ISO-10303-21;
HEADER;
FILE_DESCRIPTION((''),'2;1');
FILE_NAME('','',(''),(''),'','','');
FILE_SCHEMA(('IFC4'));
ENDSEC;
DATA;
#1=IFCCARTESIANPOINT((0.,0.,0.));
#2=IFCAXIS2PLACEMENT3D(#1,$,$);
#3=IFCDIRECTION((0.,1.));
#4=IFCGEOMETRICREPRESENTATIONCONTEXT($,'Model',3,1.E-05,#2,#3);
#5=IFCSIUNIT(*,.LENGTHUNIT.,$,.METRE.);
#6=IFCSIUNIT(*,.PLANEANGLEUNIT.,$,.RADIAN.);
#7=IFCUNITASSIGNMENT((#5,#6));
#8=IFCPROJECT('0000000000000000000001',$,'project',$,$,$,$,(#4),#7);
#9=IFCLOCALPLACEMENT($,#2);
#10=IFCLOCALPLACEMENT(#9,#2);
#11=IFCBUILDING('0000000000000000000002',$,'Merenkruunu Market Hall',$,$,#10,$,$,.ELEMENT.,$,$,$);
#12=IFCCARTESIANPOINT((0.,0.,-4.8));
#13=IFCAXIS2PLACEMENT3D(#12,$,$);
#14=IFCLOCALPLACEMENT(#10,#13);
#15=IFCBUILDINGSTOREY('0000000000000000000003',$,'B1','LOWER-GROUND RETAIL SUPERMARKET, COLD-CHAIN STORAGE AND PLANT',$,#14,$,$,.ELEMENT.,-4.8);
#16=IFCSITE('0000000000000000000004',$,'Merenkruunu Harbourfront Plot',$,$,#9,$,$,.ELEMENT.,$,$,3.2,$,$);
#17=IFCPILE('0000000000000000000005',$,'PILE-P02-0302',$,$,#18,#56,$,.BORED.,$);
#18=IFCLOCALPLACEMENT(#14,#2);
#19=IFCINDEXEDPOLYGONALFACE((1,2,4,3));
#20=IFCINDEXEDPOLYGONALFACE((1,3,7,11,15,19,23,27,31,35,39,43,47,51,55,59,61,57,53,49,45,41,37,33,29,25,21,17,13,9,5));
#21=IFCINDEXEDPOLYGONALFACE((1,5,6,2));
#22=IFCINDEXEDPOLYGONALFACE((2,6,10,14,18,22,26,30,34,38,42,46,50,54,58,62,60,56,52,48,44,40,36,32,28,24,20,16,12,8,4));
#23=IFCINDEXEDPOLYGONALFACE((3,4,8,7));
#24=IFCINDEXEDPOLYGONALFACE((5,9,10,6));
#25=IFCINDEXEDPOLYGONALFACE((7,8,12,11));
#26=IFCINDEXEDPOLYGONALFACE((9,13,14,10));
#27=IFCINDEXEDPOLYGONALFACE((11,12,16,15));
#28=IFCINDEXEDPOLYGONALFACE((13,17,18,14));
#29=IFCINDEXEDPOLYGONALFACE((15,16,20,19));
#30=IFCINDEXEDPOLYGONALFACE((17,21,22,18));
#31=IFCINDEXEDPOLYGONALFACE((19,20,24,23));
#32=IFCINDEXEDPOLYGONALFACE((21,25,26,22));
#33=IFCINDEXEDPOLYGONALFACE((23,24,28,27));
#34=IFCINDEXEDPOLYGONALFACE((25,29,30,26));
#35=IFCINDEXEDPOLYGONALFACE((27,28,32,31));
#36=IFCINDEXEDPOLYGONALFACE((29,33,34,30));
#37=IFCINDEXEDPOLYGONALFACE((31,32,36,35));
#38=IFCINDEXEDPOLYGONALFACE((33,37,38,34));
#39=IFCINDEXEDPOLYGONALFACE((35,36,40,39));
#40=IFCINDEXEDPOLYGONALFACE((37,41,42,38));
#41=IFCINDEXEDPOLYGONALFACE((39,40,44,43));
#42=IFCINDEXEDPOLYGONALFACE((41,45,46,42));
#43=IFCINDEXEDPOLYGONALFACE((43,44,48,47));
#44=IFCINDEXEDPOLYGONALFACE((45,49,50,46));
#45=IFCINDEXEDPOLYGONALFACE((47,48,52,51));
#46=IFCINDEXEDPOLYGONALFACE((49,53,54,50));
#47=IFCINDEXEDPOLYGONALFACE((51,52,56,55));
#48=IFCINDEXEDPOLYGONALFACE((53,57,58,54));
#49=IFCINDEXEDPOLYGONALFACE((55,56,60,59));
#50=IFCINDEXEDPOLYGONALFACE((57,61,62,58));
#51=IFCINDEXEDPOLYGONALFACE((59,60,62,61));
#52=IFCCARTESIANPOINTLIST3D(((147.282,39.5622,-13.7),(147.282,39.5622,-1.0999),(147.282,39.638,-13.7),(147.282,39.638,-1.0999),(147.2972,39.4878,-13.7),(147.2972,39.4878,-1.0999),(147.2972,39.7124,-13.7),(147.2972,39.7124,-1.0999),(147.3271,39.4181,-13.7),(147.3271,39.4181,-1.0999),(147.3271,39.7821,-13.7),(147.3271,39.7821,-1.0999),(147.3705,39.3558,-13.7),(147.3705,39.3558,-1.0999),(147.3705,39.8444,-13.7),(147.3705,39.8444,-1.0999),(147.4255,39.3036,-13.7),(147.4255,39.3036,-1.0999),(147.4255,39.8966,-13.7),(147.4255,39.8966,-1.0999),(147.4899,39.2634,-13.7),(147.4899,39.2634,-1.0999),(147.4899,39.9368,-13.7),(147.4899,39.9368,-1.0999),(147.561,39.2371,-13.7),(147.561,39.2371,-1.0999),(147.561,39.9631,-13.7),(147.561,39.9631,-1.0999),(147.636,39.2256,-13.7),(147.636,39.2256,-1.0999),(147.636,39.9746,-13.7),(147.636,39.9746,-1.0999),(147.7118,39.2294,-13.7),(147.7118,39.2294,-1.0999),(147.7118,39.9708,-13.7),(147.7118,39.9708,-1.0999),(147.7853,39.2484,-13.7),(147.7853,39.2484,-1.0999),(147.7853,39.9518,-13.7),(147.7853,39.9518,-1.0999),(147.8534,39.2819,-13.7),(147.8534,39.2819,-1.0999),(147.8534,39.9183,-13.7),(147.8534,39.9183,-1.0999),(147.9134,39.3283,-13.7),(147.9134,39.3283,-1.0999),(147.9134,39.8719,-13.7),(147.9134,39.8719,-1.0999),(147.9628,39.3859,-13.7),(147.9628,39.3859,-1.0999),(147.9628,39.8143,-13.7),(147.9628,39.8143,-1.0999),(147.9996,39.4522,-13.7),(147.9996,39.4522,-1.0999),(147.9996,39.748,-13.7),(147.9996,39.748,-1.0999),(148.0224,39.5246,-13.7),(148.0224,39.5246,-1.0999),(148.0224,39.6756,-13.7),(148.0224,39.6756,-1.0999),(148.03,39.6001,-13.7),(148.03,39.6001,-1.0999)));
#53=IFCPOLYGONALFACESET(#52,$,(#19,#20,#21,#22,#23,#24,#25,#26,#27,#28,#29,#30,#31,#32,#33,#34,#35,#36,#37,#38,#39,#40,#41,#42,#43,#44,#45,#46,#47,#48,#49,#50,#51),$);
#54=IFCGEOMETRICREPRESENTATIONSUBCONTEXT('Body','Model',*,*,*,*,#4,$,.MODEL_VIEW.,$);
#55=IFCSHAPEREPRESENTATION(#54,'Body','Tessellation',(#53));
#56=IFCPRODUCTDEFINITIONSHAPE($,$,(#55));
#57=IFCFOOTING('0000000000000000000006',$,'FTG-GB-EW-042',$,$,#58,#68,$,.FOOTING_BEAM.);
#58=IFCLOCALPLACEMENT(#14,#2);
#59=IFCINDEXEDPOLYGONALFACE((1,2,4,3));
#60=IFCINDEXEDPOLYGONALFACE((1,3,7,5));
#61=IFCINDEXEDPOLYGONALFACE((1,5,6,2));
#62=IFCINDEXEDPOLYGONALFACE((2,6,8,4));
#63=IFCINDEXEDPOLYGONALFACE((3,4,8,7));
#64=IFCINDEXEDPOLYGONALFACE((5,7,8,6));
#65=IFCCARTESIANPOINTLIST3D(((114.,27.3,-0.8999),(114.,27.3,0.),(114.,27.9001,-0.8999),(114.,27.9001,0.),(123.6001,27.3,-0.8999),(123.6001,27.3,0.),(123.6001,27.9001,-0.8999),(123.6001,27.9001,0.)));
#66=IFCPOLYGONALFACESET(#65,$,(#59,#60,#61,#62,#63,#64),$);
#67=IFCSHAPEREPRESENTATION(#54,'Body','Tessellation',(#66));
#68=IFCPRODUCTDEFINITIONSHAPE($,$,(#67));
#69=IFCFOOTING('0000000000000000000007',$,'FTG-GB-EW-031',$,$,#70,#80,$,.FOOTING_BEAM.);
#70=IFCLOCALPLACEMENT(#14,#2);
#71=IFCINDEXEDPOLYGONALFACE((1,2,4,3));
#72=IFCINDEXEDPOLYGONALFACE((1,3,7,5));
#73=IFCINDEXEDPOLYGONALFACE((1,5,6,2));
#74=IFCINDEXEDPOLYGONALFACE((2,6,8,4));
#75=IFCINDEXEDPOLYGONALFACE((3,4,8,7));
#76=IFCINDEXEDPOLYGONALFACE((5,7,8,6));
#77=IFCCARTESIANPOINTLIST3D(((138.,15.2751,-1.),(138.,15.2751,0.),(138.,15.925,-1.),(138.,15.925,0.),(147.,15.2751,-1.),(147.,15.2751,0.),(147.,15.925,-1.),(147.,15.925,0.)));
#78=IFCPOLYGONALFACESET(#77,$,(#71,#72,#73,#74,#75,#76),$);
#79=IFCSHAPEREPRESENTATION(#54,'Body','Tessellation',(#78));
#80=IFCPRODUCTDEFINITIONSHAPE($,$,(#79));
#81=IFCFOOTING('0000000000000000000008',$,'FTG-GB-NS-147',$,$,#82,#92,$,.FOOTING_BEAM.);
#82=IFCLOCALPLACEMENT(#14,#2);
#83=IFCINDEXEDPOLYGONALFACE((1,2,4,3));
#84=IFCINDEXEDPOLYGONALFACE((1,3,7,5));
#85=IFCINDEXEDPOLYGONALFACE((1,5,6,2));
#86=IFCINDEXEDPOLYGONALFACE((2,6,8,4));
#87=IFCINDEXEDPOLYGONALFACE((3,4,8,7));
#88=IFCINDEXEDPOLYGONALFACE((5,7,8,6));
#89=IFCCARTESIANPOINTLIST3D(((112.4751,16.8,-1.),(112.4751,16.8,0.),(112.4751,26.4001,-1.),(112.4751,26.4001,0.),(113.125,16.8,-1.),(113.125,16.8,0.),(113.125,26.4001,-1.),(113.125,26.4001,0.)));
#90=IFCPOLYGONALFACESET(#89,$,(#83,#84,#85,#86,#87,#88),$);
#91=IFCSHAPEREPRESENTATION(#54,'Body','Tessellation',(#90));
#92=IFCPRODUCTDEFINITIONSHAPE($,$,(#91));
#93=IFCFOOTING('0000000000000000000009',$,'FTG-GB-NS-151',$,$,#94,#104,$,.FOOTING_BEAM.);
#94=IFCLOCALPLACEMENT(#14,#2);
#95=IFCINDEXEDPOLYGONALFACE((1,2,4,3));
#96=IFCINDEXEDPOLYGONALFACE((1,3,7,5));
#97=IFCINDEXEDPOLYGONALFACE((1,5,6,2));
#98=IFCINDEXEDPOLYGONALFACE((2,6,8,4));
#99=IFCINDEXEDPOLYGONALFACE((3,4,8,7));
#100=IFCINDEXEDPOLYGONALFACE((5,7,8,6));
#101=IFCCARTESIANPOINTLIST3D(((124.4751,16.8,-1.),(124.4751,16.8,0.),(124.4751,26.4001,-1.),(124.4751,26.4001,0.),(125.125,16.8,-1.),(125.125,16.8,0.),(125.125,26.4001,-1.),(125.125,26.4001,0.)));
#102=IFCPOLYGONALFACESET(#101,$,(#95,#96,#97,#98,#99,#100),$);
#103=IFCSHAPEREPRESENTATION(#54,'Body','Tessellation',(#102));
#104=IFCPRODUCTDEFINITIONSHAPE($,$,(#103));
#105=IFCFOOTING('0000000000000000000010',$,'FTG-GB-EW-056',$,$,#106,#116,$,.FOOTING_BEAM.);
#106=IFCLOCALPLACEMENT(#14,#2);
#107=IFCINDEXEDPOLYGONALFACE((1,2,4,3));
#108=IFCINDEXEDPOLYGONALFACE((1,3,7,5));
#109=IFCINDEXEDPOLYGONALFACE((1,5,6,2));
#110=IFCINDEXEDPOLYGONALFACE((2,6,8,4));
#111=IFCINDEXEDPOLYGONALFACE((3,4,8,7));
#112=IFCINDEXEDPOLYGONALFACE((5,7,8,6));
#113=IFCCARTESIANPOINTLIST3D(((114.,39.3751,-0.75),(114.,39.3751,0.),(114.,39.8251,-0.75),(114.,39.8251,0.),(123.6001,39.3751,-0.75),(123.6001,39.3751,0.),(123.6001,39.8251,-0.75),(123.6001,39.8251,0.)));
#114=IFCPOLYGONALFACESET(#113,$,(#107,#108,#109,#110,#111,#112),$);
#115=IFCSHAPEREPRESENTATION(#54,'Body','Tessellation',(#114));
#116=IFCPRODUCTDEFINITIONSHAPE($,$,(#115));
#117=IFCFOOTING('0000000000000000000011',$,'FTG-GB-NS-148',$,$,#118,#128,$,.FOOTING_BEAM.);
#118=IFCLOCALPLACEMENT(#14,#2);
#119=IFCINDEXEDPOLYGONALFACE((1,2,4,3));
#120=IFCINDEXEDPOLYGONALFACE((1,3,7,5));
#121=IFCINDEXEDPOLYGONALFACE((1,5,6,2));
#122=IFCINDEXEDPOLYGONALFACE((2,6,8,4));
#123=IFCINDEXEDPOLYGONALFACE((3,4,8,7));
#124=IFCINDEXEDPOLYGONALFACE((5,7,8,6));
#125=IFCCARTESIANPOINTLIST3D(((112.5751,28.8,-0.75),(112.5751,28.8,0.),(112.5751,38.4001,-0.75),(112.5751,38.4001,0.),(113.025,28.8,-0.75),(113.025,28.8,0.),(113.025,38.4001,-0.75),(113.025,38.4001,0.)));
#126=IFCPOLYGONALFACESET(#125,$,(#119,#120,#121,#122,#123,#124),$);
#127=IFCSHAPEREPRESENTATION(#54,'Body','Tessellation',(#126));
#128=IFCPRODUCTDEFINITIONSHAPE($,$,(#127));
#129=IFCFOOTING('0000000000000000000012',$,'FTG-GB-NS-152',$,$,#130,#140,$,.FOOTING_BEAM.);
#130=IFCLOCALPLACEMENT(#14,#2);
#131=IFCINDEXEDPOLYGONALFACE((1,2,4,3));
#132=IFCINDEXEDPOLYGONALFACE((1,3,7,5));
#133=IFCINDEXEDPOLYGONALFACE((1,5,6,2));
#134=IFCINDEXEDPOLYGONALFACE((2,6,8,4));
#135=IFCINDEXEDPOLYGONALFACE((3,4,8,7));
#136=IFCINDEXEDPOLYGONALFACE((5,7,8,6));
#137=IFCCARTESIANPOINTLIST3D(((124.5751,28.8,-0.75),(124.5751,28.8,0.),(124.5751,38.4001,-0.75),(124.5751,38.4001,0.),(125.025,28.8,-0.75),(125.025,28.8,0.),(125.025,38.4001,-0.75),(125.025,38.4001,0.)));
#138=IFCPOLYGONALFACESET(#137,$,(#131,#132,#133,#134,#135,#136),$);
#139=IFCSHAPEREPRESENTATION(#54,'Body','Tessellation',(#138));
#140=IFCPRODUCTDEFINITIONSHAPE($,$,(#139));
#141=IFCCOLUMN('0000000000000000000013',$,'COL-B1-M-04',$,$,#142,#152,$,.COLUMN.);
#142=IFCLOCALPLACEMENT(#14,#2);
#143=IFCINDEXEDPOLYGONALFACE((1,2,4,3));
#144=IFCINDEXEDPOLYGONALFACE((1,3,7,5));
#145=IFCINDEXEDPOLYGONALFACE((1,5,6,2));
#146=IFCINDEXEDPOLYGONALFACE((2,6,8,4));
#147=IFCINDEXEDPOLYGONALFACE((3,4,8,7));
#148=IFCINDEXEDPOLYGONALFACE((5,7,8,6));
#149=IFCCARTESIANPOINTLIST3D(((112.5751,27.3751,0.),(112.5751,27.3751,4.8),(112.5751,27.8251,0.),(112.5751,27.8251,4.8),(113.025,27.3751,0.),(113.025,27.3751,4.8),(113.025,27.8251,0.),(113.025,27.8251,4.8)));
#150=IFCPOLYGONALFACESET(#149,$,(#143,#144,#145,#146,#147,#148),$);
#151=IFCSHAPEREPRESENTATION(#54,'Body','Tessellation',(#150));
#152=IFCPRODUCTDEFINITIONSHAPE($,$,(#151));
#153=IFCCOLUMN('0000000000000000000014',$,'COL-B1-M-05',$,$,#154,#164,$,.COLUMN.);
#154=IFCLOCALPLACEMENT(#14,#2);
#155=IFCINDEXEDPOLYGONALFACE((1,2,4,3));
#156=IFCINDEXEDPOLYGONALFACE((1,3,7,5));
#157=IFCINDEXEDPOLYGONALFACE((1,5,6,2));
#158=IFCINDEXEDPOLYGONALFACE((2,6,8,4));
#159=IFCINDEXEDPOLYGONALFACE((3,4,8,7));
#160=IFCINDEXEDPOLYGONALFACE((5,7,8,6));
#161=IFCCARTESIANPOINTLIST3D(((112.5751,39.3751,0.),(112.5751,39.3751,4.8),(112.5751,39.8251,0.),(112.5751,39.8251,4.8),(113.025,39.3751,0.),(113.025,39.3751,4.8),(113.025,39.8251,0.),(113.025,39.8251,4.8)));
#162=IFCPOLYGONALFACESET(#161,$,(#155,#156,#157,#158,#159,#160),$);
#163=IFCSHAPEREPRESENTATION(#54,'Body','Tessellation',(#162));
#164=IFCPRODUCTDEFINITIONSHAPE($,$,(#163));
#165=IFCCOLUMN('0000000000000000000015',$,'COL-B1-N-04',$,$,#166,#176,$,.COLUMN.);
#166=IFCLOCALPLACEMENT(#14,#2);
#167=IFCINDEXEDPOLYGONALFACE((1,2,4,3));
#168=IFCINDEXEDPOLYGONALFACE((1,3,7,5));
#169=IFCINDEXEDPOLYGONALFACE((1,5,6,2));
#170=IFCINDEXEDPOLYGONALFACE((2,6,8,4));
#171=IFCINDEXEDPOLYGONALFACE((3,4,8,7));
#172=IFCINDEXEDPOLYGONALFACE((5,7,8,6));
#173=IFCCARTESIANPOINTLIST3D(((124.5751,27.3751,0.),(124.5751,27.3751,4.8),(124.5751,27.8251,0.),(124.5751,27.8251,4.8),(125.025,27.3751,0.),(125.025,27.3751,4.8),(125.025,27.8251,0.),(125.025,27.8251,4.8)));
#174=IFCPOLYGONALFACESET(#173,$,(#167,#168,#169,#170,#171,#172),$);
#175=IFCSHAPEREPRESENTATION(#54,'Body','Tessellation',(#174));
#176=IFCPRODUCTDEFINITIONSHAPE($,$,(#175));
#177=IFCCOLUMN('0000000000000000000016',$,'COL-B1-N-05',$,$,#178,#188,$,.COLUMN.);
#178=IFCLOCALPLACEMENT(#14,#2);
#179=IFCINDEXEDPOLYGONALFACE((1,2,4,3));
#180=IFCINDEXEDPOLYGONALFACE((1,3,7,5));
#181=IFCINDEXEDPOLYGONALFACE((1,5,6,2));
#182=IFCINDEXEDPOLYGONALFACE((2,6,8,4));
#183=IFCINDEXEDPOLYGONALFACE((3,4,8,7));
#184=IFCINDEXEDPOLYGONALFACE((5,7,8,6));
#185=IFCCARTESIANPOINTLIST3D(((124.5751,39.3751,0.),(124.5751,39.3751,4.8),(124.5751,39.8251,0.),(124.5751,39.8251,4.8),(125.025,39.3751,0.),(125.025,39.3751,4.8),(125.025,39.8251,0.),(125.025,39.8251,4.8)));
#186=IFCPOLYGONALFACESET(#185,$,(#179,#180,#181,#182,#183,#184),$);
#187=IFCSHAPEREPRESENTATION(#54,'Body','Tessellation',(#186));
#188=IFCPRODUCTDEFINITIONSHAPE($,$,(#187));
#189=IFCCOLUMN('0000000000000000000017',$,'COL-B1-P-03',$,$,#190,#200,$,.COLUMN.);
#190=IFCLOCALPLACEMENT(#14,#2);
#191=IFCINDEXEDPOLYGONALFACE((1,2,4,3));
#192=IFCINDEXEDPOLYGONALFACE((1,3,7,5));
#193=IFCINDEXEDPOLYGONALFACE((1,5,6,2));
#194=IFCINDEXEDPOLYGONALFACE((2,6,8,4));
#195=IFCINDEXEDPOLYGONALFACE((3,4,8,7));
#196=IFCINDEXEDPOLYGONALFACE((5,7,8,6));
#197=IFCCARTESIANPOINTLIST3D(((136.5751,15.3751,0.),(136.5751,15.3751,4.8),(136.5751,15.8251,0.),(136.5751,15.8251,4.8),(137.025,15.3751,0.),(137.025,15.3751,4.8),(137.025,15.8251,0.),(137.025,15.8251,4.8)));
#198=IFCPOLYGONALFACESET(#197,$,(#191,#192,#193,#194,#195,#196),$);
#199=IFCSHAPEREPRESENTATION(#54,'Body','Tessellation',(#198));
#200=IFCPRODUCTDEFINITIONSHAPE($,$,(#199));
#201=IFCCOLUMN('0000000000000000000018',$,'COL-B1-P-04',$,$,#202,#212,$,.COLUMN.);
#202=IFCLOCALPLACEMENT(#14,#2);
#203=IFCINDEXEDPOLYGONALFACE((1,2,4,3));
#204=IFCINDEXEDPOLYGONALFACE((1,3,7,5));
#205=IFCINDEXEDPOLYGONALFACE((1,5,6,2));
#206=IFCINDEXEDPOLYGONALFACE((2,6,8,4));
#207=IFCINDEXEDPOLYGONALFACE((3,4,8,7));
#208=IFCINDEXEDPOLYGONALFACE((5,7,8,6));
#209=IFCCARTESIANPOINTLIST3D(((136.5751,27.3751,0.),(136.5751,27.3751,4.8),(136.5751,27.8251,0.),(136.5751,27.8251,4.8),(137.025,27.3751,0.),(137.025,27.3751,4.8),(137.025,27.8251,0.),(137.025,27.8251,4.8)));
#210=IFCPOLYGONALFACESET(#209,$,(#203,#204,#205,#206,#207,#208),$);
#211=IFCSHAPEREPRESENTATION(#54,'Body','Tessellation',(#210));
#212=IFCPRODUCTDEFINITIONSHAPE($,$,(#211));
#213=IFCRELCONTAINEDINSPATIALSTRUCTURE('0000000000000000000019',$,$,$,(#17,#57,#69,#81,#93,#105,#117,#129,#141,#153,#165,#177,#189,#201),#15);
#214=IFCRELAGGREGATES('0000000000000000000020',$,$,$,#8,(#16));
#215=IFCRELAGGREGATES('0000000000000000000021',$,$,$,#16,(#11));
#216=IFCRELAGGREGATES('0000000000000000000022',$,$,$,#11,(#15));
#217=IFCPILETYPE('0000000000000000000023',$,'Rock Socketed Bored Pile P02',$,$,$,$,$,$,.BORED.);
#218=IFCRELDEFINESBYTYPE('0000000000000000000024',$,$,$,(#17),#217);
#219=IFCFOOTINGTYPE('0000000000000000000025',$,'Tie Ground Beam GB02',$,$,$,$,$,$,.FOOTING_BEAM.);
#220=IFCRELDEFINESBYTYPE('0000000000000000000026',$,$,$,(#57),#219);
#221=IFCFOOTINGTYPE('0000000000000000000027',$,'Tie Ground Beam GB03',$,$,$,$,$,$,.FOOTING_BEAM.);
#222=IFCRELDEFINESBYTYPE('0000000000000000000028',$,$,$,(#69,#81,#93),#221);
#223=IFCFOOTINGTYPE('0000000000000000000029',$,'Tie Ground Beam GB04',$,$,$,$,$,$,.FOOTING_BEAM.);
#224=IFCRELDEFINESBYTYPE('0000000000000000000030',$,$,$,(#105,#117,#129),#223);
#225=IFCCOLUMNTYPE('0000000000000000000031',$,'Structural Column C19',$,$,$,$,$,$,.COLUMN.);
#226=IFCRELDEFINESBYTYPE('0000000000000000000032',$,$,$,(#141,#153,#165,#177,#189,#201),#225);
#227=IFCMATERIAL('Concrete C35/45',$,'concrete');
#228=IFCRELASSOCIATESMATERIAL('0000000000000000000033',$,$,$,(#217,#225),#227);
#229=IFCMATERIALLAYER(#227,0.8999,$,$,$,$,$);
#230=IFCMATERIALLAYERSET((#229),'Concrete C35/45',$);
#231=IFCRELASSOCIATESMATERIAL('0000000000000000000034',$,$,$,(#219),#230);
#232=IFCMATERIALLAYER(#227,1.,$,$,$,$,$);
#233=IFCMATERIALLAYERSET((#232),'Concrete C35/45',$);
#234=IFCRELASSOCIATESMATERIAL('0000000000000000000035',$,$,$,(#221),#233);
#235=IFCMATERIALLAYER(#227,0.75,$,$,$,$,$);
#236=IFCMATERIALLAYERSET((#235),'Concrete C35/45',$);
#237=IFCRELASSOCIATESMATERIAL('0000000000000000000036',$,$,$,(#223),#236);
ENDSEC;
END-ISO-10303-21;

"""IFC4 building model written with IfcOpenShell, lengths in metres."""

from ifc_helpers import new_model, si_unit, direction, frame, origin, origin_2d, place, context, subcontext, project, spatial, rectangle, circle, extrude, material, layer, layer_set, material_profile, profile_set, type_object, element, save


model = new_model("IFC4")

# Units and contexts
model_context = context("Model", 3, precision=1e-05, world=origin(), true_north=direction((0.0, 1.0)))
body_context = subcontext(model_context, "Body", "Model", "MODEL_VIEW")
ifc_project = project(units=[si_unit("LENGTHUNIT", "METRE"), si_unit("PLANEANGLEUNIT", "RADIAN")], contexts=[model_context])

# Site, building, storey
site_placement = place(None, origin())
site = spatial("IfcSite", under=ifc_project, at=site_placement, Name="Merenkruunu Harbourfront Plot", CompositionType="ELEMENT", RefElevation=3.2)
building_placement = place(site_placement, origin())
building = spatial("IfcBuilding", under=site, at=building_placement, Name="Merenkruunu Market Hall", CompositionType="ELEMENT")
storey_placement = place(building_placement, frame((0.0, 0.0, -4.8)))
storey = spatial("IfcBuildingStorey", under=building, at=storey_placement, Name="B1", Description="LOWER-GROUND RETAIL SUPERMARKET, COLD-CHAIN STORAGE AND PLANT", CompositionType="ELEMENT", Elevation=-4.8)

# Shared definitions
ifc_material = material(Name="Concrete C35/45", Category="concrete")

# Pile
ifc_material_profile_1 = material_profile(ifc_material, circle(Radius=0.375, at=origin_2d()), Name="BORED PILE 750")
ifc_profile_set_1 = profile_set([ifc_material_profile_1], Name="Concrete C35/45")
pile_type_1 = type_object("IfcPileType", Name="Rock Socketed Bored Pile P02", PredefinedType="BORED", material=ifc_profile_set_1)
for number, where, z_axis, x_axis, name in (
    (1, (147.655, 39.6001, -1.0999), (0.0, 0.0, -1.0), (1.0, 0.0, 0.0), "PILE-P02-0302"),
):
    element("IfcPile", number, at=place(storey_placement, frame(where, z_axis=z_axis, x_axis=x_axis)), inside=storey, type_object=pile_type_1, Name=name, PredefinedType="BORED", context=body_context, shape_type="SweptSolid", body=[
        extrude(circle(Radius=0.375, at=origin_2d()), origin(), (0.0, 0.0, 1.0), 12.6001),
    ])

# Footings
ifc_layer_1 = layer(ifc_material, 0.8999)
ifc_layer_set_1 = layer_set([ifc_layer_1], Name="Concrete C35/45")
footing_type_1 = type_object("IfcFootingType", Name="Tie Ground Beam GB02", PredefinedType="FOOTING_BEAM", material=ifc_layer_set_1)
footing_1_placement = place(storey_placement, frame((118.8, 27.6001, -0.8999), z_axis=(0.0, 0.0, 1.0), x_axis=(1.0, 0.0, 0.0)))
element("IfcFooting", 2, at=footing_1_placement, inside=storey, type_object=footing_type_1, Name="FTG-GB-EW-042", PredefinedType="FOOTING_BEAM", context=body_context, shape_type="SweptSolid", body=[
    extrude(rectangle(XDim=9.6001, YDim=0.6001, at=origin_2d()), origin(), (0.0, 0.0, 1.0), 0.8999),
])
ifc_layer_2 = layer(ifc_material, 1.0)
ifc_layer_set_2 = layer_set([ifc_layer_2], Name="Concrete C35/45")
footing_type_2 = type_object("IfcFootingType", Name="Tie Ground Beam GB03", PredefinedType="FOOTING_BEAM", material=ifc_layer_set_2)
footing_2_placement = place(storey_placement, frame((142.5, 15.6001, -1.0), z_axis=(0.0, 0.0, 1.0), x_axis=(1.0, 0.0, 0.0)))
element("IfcFooting", 3, at=footing_2_placement, inside=storey, type_object=footing_type_2, Name="FTG-GB-EW-031", PredefinedType="FOOTING_BEAM", context=body_context, shape_type="SweptSolid", body=[
    extrude(rectangle(XDim=9.0, YDim=0.6499, at=origin_2d()), origin(), (0.0, 0.0, 1.0), 1.0),
])
for number, where, z_axis, x_axis, name in (
    (4, (112.8, 21.6001, -1.0), (0.0, 0.0, 1.0), (0.0, 1.0, 0.0), "FTG-GB-NS-147"),
    (5, (124.8, 21.6001, -1.0), (0.0, 0.0, 1.0), (0.0, 1.0, 0.0), "FTG-GB-NS-151"),
):
    element("IfcFooting", number, at=place(storey_placement, frame(where, z_axis=z_axis, x_axis=x_axis)), inside=storey, type_object=footing_type_2, Name=name, PredefinedType="FOOTING_BEAM", context=body_context, shape_type="SweptSolid", body=[
        extrude(rectangle(XDim=9.6001, YDim=0.6499, at=origin_2d()), origin(), (0.0, 0.0, 1.0), 1.0),
    ])
ifc_layer_3 = layer(ifc_material, 0.75)
ifc_layer_set_3 = layer_set([ifc_layer_3], Name="Concrete C35/45")
footing_type_3 = type_object("IfcFootingType", Name="Tie Ground Beam GB04", PredefinedType="FOOTING_BEAM", material=ifc_layer_set_3)
for number, where, z_axis, x_axis, name in (
    (6, (118.8, 39.6001, -0.75), (0.0, 0.0, 1.0), (1.0, 0.0, 0.0), "FTG-GB-EW-056"),
    (7, (112.8, 33.6001, -0.75), (0.0, 0.0, 1.0), (0.0, 1.0, 0.0), "FTG-GB-NS-148"),
    (8, (124.8, 33.6001, -0.75), (0.0, 0.0, 1.0), (0.0, 1.0, 0.0), "FTG-GB-NS-152"),
):
    element("IfcFooting", number, at=place(storey_placement, frame(where, z_axis=z_axis, x_axis=x_axis)), inside=storey, type_object=footing_type_3, Name=name, PredefinedType="FOOTING_BEAM", context=body_context, shape_type="SweptSolid", body=[
        extrude(rectangle(XDim=9.6001, YDim=0.45, at=origin_2d()), origin(), (0.0, 0.0, 1.0), 0.75),
    ])

# Columns
ifc_material_profile_2 = material_profile(ifc_material, rectangle(XDim=0.45, YDim=0.45, at=origin_2d()), Name="RC 450x450")
ifc_profile_set_2 = profile_set([ifc_material_profile_2], Name="Concrete C35/45")
column_type = type_object("IfcColumnType", Name="Structural Column C19", PredefinedType="COLUMN", material=ifc_profile_set_2)
for number, where, z_axis, x_axis, name in (
    (9, (112.8, 27.6001, 0.0), (0.0, 0.0, 1.0), (1.0, 0.0, 0.0), "COL-B1-M-04"),
    (10, (112.8, 39.6001, 0.0), (0.0, 0.0, 1.0), (1.0, 0.0, 0.0), "COL-B1-M-05"),
    (11, (124.8, 27.6001, 0.0), (0.0, 0.0, 1.0), (1.0, 0.0, 0.0), "COL-B1-N-04"),
    (12, (124.8, 39.6001, 0.0), (0.0, 0.0, 1.0), (1.0, 0.0, 0.0), "COL-B1-N-05"),
    (13, (136.8, 15.6001, 0.0), (0.0, 0.0, 1.0), (1.0, 0.0, 0.0), "COL-B1-P-03"),
    (14, (136.8, 27.6001, 0.0), (0.0, 0.0, 1.0), (1.0, 0.0, 0.0), "COL-B1-P-04"),
):
    element("IfcColumn", number, at=place(storey_placement, frame(where, z_axis=z_axis, x_axis=x_axis)), inside=storey, type_object=column_type, Name=name, PredefinedType="COLUMN", context=body_context, shape_type="SweptSolid", body=[
        extrude(rectangle(XDim=0.45, YDim=0.45, at=origin_2d()), origin(), (0.0, 0.0, 1.0), 4.8),
    ])

save(model, "model.ifc")
